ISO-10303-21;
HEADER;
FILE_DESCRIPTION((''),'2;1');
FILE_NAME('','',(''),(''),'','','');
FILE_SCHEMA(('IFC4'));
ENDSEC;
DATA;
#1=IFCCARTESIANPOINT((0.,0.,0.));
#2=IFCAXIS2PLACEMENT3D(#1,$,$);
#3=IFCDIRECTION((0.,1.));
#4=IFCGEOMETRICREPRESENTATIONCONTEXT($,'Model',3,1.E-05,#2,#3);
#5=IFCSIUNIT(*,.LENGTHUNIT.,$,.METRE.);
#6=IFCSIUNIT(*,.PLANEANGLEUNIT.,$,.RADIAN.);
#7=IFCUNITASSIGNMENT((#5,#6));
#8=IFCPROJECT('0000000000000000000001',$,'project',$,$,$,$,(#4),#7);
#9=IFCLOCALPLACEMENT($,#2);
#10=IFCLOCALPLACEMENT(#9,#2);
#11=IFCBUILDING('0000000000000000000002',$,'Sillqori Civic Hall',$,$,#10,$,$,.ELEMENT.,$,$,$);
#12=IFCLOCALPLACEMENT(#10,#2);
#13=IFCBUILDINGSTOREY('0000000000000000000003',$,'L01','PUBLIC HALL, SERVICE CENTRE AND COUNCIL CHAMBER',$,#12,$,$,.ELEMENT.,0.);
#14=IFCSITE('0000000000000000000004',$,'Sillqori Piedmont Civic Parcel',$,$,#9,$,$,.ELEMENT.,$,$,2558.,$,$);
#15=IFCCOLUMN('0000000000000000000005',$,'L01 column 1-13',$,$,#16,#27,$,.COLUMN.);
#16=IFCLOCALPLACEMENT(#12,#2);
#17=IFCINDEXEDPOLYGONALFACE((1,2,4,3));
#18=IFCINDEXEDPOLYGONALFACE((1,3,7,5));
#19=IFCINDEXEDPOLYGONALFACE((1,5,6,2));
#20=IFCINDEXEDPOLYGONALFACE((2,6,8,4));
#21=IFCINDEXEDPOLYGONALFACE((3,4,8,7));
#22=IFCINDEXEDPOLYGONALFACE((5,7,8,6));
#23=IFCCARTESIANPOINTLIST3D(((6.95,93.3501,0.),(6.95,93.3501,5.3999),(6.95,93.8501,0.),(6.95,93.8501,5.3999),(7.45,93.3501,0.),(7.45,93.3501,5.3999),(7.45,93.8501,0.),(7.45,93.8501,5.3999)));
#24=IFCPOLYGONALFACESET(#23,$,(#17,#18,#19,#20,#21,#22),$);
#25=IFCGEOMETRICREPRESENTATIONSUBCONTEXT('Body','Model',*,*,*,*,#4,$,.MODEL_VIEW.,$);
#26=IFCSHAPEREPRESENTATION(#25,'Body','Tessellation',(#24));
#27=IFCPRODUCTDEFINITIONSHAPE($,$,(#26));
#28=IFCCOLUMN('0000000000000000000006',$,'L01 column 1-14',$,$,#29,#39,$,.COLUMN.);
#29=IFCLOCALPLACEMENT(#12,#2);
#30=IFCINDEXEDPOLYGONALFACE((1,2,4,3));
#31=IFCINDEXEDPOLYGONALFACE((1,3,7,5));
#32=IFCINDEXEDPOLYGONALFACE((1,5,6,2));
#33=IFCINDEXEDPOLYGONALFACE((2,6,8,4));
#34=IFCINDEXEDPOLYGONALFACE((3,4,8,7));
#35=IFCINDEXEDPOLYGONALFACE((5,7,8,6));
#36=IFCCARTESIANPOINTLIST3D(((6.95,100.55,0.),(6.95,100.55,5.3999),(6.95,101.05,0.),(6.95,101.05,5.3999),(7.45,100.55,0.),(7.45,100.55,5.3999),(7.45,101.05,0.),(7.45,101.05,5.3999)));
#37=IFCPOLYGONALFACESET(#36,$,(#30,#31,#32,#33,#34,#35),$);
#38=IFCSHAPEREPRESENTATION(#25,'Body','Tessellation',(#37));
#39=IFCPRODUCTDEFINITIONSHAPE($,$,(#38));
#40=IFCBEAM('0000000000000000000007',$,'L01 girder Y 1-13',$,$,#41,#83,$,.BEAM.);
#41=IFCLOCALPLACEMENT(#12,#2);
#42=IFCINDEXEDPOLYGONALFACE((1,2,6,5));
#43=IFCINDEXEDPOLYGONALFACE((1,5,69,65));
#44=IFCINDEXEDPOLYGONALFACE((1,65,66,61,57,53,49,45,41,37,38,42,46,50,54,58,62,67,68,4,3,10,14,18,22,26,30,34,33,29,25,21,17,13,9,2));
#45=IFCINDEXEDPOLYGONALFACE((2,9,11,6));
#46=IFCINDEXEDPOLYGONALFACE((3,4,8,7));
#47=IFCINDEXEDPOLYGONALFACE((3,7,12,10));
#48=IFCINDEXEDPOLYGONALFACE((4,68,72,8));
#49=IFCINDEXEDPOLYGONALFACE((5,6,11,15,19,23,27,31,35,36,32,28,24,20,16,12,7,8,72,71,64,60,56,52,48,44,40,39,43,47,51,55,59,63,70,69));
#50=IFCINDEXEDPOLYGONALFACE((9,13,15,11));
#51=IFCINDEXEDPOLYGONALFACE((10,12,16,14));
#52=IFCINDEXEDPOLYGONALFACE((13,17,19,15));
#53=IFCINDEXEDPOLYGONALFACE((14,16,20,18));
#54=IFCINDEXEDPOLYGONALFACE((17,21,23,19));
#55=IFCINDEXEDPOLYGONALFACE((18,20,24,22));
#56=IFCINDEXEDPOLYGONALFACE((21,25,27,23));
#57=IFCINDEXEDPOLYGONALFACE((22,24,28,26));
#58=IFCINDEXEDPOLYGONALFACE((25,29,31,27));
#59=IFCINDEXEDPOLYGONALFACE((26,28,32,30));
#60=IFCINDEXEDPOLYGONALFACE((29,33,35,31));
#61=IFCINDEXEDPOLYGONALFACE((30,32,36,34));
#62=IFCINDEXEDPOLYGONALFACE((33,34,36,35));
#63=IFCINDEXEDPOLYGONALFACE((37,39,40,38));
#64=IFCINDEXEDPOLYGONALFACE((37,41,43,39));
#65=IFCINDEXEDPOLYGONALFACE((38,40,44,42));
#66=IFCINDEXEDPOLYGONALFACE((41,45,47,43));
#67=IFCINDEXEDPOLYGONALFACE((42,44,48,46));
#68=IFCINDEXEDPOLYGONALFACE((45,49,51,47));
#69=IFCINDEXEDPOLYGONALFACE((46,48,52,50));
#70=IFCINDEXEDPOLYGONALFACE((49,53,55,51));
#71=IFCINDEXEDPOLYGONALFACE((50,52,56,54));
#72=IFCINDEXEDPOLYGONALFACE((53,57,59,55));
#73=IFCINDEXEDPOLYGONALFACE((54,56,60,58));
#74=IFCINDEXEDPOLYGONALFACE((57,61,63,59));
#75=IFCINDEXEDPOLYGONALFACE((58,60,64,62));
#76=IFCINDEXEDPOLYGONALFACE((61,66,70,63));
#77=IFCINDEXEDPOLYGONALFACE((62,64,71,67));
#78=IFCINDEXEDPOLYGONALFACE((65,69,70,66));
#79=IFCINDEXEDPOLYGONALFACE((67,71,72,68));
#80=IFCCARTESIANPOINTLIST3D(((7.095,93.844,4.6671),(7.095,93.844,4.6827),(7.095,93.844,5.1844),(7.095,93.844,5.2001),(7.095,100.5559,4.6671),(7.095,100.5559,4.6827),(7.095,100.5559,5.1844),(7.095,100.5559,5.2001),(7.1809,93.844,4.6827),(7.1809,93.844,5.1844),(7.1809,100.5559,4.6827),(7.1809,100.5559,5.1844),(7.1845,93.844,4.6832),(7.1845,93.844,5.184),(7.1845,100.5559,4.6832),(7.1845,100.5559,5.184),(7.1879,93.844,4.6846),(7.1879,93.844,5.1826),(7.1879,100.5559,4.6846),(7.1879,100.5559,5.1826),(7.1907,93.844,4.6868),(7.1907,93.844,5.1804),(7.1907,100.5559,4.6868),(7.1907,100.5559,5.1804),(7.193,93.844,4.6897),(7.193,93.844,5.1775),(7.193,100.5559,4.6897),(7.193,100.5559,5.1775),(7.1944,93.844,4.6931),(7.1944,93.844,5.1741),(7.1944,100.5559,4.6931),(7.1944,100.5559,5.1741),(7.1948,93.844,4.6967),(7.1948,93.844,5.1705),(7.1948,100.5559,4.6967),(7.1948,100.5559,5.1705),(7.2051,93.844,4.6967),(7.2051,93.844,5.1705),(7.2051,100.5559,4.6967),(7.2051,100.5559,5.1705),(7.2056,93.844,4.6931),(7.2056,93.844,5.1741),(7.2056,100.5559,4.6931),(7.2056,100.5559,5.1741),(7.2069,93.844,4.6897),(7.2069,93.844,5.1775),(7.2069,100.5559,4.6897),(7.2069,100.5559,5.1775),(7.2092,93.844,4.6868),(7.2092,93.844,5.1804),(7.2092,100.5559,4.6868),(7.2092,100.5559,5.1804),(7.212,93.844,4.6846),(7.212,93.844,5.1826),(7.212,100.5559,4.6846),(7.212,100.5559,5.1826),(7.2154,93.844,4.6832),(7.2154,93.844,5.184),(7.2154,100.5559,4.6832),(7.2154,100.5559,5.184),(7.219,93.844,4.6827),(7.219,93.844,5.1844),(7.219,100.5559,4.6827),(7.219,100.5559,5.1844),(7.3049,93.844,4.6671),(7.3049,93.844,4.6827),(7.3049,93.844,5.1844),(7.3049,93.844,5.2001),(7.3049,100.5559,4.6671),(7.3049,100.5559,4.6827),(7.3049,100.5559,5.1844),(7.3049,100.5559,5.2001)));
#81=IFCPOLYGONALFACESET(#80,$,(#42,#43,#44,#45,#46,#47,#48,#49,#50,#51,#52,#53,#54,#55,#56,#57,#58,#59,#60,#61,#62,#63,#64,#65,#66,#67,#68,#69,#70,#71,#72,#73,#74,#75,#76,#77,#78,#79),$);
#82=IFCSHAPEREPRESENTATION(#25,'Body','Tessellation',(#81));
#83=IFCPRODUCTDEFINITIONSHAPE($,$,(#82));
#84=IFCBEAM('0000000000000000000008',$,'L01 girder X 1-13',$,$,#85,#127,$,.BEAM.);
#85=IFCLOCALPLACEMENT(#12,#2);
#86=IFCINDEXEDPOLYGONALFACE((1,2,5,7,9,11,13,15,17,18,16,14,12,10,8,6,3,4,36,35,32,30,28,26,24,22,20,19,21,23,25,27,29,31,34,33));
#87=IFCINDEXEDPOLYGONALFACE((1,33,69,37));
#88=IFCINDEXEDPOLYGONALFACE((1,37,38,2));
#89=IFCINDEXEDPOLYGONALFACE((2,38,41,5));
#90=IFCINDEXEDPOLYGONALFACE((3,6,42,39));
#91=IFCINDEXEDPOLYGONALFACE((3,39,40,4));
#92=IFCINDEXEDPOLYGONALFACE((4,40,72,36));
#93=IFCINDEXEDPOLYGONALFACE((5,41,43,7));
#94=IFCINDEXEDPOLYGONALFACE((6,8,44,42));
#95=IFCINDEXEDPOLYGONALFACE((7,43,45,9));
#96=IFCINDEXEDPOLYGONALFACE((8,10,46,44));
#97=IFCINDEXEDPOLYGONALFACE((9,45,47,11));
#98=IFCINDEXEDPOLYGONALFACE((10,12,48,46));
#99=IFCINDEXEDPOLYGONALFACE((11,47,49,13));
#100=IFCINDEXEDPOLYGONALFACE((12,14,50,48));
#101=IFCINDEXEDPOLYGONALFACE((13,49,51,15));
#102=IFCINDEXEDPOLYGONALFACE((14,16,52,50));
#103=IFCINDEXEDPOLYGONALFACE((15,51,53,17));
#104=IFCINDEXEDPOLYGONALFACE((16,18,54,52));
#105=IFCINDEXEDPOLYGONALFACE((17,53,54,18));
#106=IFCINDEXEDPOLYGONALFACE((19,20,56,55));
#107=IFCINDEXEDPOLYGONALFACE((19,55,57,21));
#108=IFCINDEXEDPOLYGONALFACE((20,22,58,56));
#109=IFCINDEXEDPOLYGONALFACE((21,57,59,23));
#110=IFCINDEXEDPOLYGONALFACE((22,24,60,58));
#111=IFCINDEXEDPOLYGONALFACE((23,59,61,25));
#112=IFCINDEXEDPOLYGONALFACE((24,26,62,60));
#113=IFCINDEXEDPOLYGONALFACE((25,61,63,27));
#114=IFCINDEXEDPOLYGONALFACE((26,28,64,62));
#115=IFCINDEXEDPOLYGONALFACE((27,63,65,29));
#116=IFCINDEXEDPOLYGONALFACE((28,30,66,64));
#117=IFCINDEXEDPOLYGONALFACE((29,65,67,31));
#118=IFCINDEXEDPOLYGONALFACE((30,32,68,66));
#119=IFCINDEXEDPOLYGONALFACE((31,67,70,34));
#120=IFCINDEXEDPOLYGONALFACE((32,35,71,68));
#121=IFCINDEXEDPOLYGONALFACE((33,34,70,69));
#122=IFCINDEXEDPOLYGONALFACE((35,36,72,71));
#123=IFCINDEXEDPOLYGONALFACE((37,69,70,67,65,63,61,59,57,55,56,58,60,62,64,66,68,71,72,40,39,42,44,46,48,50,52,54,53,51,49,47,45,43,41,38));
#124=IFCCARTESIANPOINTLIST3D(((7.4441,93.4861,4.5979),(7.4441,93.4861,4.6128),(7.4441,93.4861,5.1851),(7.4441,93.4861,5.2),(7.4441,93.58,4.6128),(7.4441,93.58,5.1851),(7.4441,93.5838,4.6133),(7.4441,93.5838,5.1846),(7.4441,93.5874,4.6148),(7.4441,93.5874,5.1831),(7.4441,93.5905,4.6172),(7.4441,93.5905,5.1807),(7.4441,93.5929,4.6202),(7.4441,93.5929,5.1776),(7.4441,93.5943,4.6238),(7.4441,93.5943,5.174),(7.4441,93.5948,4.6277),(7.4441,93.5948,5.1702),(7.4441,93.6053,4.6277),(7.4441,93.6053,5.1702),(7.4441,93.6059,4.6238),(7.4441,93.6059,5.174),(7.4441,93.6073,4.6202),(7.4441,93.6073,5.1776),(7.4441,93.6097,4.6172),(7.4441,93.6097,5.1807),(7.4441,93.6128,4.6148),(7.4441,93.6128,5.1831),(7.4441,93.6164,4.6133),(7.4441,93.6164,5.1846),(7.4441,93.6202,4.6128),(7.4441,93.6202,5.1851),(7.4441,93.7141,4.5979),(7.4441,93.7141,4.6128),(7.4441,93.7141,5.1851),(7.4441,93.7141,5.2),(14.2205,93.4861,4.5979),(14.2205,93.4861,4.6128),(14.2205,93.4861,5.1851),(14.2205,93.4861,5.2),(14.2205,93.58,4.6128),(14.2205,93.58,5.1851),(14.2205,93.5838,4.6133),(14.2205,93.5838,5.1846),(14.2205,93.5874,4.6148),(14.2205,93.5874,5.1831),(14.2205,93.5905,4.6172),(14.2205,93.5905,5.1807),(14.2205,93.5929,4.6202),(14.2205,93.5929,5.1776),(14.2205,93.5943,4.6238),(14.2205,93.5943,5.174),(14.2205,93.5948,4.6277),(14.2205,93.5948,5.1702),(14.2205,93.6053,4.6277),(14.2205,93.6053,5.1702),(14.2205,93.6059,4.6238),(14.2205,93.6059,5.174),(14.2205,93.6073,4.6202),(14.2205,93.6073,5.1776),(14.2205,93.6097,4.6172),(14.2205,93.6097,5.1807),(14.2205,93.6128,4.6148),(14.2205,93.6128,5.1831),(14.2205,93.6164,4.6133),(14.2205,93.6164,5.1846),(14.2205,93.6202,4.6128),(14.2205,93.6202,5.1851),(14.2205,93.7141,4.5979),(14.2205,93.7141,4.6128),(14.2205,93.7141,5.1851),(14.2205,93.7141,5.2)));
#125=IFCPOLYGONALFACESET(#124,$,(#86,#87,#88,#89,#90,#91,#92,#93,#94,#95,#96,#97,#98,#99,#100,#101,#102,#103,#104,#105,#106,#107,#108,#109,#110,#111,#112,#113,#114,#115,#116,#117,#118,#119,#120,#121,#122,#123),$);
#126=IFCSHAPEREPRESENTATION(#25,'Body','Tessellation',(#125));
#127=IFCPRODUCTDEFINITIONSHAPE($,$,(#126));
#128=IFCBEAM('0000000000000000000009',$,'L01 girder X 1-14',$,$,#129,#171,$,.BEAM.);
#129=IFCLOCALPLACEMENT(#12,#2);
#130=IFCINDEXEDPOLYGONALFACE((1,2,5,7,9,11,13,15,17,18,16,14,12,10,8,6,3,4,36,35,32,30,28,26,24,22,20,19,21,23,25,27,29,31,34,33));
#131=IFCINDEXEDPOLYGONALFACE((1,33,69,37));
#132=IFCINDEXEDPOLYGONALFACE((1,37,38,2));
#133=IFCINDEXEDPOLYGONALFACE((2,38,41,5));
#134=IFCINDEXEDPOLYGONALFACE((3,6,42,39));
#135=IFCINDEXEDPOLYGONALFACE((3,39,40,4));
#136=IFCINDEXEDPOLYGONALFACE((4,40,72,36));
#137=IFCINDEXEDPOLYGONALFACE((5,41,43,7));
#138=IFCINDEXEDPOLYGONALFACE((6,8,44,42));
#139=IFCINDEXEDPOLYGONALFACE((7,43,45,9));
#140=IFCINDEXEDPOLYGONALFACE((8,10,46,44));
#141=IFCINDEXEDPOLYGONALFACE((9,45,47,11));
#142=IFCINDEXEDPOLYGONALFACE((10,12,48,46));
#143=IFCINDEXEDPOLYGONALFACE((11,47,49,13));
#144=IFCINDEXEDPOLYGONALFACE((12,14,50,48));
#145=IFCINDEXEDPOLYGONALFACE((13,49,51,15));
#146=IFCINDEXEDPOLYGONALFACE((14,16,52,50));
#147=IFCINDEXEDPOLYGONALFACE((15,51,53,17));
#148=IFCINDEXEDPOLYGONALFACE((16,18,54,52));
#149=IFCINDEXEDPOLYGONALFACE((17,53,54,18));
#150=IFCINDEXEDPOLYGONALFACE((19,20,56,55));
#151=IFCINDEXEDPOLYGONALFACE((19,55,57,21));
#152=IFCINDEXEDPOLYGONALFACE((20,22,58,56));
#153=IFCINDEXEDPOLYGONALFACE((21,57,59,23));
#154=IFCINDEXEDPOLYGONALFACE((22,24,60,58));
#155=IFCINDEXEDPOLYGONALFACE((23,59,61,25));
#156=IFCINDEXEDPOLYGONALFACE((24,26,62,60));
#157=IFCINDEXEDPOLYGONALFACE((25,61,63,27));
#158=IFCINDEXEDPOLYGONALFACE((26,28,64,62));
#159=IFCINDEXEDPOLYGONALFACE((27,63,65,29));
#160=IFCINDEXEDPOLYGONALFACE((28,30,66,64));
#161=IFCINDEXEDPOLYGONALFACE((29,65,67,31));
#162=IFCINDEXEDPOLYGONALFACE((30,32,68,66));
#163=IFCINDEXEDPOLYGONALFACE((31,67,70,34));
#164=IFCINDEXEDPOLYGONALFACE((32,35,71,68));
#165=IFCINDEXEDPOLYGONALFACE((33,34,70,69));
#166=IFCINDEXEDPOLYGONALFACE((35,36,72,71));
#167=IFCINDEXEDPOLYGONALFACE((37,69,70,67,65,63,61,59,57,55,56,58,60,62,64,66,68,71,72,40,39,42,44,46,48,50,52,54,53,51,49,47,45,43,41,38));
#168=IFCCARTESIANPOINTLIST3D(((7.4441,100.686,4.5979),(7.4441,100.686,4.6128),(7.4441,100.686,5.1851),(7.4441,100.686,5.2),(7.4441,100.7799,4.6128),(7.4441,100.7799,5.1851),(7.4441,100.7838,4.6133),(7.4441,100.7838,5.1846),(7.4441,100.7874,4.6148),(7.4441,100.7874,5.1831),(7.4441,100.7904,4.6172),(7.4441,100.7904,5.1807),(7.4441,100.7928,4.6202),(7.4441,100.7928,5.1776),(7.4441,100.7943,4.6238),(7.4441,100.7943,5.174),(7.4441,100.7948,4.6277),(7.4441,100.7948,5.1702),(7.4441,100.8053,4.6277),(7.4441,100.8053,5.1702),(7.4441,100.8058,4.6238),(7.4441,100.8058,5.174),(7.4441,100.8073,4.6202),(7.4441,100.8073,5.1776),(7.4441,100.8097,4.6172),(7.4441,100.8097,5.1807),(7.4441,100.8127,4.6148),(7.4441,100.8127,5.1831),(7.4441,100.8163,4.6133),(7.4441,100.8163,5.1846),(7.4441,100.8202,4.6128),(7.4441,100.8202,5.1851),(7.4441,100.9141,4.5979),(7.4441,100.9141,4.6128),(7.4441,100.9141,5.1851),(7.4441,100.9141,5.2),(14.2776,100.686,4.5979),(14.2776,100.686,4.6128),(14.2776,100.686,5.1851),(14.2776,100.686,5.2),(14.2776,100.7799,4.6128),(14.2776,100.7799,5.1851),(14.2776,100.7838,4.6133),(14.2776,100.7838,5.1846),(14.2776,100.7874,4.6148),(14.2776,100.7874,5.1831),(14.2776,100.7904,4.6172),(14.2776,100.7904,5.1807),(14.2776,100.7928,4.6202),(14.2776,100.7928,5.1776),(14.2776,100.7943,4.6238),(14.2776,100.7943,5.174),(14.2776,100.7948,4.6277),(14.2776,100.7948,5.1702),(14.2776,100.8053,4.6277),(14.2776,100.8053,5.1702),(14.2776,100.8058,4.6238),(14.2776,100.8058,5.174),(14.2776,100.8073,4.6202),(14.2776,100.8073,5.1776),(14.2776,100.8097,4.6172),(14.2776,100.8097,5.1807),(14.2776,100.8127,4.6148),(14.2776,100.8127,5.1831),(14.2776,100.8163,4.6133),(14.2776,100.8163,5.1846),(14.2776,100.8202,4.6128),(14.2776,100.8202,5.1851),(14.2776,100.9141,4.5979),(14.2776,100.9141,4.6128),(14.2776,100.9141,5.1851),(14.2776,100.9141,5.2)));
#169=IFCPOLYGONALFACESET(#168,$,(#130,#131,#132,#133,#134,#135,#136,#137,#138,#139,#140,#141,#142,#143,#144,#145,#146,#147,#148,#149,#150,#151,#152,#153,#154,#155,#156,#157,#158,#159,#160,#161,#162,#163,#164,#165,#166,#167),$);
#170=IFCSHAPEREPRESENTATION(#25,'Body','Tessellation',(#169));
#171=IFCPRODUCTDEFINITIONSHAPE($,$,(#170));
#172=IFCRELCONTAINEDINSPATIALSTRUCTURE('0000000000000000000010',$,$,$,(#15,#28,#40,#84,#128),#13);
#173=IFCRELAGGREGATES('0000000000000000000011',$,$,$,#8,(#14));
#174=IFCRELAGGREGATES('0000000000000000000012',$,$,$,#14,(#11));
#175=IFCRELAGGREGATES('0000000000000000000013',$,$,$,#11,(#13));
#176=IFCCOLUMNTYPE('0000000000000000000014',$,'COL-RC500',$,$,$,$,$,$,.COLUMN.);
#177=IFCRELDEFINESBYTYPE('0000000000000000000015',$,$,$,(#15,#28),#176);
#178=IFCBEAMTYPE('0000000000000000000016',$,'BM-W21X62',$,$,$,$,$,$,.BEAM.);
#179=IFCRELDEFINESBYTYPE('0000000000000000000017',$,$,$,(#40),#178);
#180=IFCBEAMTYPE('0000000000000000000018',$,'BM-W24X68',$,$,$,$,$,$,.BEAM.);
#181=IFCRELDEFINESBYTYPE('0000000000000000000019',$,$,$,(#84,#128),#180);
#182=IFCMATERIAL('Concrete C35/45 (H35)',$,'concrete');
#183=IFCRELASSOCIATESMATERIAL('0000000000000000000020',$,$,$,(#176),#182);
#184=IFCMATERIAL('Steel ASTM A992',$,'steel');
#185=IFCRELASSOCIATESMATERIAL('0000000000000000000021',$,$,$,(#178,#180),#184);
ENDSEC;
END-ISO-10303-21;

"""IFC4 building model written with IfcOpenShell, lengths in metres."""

from ifc_helpers import new_model, si_unit, direction, frame, origin, origin_2d, place, context, subcontext, project, spatial, rectangle, i_section, extrude, material, material_profile, profile_set, type_object, element, save


model = new_model("IFC4")

# Units and contexts
model_context = context("Model", 3, precision=1e-05, world=origin(), true_north=direction((0.0, 1.0)))
body_context = subcontext(model_context, "Body", "Model", "MODEL_VIEW")
ifc_project = project(units=[si_unit("LENGTHUNIT", "METRE"), si_unit("PLANEANGLEUNIT", "RADIAN")], contexts=[model_context])

# Site, building, storey
site_placement = place(None, origin())
site = spatial("IfcSite", under=ifc_project, at=site_placement, Name="Sillqori Piedmont Civic Parcel", CompositionType="ELEMENT", RefElevation=2558.0)
building_placement = place(site_placement, origin())
building = spatial("IfcBuilding", under=site, at=building_placement, Name="Sillqori Civic Hall", CompositionType="ELEMENT")
storey_placement = place(building_placement, origin())
storey = spatial("IfcBuildingStorey", under=building, at=storey_placement, Name="L01", Description="PUBLIC HALL, SERVICE CENTRE AND COUNCIL CHAMBER", CompositionType="ELEMENT", Elevation=0.0)

# Columns
ifc_material_1 = material(Name="Concrete C35/45 (H35)", Category="concrete")
ifc_material_profile_1 = material_profile(ifc_material_1, rectangle(XDim=0.5, YDim=0.5, at=origin_2d()), Name="RC 500x500")
ifc_profile_set_1 = profile_set([ifc_material_profile_1], Name="Concrete C35/45 (H35)")
column_type = type_object("IfcColumnType", Name="COL-RC500", PredefinedType="COLUMN", material=ifc_profile_set_1)
for number, where, z_axis, x_axis, name in (
    (1, (7.2, 93.6001, 0.0), (0.0, 0.0, 1.0), (1.0, 0.0, 0.0), "L01 column 1-13"),
    (2, (7.2, 100.8, 0.0), (0.0, 0.0, 1.0), (1.0, 0.0, 0.0), "L01 column 1-14"),
):
    element("IfcColumn", number, at=place(storey_placement, frame(where, z_axis=z_axis, x_axis=x_axis)), inside=storey, type_object=column_type, Name=name, PredefinedType="COLUMN", context=body_context, shape_type="SweptSolid", body=[
        extrude(rectangle(XDim=0.5, YDim=0.5, at=origin_2d()), origin(), (0.0, 0.0, 1.0), 5.3999),
    ])

# Beams
ifc_material_2 = material(Name="Steel ASTM A992", Category="steel")
ifc_material_profile_2 = material_profile(ifc_material_2, i_section(OverallWidth=0.21, OverallDepth=0.533, WebThickness=0.0103, FlangeThickness=0.0156, FilletRadius=0.0139, at=origin_2d()), Name="W21X62")
ifc_profile_set_2 = profile_set([ifc_material_profile_2], Name="Steel ASTM A992")
beam_type_1 = type_object("IfcBeamType", Name="BM-W21X62", PredefinedType="BEAM", material=ifc_profile_set_2)
beam_1_placement = place(storey_placement, frame((7.2, 93.844, 4.9336), z_axis=(0.0, 1.0, 0.0), x_axis=(-1.0, 0.0, 0.0)))
element("IfcBeam", 3, at=beam_1_placement, inside=storey, type_object=beam_type_1, Name="L01 girder Y 1-13", PredefinedType="BEAM", context=body_context, shape_type="SweptSolid", body=[
    extrude(i_section(OverallWidth=0.21, OverallDepth=0.533, WebThickness=0.0103, FlangeThickness=0.0156, FilletRadius=0.0139, at=origin_2d()), origin(), (0.0, 0.0, 1.0), 6.7119),
])
ifc_material_profile_3 = material_profile(ifc_material_2, i_section(OverallWidth=0.228, OverallDepth=0.6021, WebThickness=0.0105, FlangeThickness=0.0149, FilletRadius=0.0149, at=origin_2d()), Name="W24X68")
ifc_profile_set_3 = profile_set([ifc_material_profile_3], Name="Steel ASTM A992")
beam_type_2 = type_object("IfcBeamType", Name="BM-W24X68", PredefinedType="BEAM", material=ifc_profile_set_3)
beam_2_placement = place(storey_placement, frame((7.4441, 93.6001, 4.8989), z_axis=(1.0, 0.0, 0.0), x_axis=(0.0, 1.0, 0.0)))
element("IfcBeam", 4, at=beam_2_placement, inside=storey, type_object=beam_type_2, Name="L01 girder X 1-13", PredefinedType="BEAM", context=body_context, shape_type="SweptSolid", body=[
    extrude(i_section(OverallWidth=0.228, OverallDepth=0.6021, WebThickness=0.0105, FlangeThickness=0.0149, FilletRadius=0.0149, at=origin_2d()), origin(), (0.0, 0.0, 1.0), 6.7764),
])
beam_3_placement = place(storey_placement, frame((7.4441, 100.8, 4.8989), z_axis=(1.0, 0.0, 0.0), x_axis=(0.0, 1.0, 0.0)))
element("IfcBeam", 5, at=beam_3_placement, inside=storey, type_object=beam_type_2, Name="L01 girder X 1-14", PredefinedType="BEAM", context=body_context, shape_type="SweptSolid", body=[
    extrude(i_section(OverallWidth=0.228, OverallDepth=0.6021, WebThickness=0.0105, FlangeThickness=0.0149, FilletRadius=0.0149, at=origin_2d()), origin(), (0.0, 0.0, 1.0), 6.8335),
])

save(model, "model.ifc")
